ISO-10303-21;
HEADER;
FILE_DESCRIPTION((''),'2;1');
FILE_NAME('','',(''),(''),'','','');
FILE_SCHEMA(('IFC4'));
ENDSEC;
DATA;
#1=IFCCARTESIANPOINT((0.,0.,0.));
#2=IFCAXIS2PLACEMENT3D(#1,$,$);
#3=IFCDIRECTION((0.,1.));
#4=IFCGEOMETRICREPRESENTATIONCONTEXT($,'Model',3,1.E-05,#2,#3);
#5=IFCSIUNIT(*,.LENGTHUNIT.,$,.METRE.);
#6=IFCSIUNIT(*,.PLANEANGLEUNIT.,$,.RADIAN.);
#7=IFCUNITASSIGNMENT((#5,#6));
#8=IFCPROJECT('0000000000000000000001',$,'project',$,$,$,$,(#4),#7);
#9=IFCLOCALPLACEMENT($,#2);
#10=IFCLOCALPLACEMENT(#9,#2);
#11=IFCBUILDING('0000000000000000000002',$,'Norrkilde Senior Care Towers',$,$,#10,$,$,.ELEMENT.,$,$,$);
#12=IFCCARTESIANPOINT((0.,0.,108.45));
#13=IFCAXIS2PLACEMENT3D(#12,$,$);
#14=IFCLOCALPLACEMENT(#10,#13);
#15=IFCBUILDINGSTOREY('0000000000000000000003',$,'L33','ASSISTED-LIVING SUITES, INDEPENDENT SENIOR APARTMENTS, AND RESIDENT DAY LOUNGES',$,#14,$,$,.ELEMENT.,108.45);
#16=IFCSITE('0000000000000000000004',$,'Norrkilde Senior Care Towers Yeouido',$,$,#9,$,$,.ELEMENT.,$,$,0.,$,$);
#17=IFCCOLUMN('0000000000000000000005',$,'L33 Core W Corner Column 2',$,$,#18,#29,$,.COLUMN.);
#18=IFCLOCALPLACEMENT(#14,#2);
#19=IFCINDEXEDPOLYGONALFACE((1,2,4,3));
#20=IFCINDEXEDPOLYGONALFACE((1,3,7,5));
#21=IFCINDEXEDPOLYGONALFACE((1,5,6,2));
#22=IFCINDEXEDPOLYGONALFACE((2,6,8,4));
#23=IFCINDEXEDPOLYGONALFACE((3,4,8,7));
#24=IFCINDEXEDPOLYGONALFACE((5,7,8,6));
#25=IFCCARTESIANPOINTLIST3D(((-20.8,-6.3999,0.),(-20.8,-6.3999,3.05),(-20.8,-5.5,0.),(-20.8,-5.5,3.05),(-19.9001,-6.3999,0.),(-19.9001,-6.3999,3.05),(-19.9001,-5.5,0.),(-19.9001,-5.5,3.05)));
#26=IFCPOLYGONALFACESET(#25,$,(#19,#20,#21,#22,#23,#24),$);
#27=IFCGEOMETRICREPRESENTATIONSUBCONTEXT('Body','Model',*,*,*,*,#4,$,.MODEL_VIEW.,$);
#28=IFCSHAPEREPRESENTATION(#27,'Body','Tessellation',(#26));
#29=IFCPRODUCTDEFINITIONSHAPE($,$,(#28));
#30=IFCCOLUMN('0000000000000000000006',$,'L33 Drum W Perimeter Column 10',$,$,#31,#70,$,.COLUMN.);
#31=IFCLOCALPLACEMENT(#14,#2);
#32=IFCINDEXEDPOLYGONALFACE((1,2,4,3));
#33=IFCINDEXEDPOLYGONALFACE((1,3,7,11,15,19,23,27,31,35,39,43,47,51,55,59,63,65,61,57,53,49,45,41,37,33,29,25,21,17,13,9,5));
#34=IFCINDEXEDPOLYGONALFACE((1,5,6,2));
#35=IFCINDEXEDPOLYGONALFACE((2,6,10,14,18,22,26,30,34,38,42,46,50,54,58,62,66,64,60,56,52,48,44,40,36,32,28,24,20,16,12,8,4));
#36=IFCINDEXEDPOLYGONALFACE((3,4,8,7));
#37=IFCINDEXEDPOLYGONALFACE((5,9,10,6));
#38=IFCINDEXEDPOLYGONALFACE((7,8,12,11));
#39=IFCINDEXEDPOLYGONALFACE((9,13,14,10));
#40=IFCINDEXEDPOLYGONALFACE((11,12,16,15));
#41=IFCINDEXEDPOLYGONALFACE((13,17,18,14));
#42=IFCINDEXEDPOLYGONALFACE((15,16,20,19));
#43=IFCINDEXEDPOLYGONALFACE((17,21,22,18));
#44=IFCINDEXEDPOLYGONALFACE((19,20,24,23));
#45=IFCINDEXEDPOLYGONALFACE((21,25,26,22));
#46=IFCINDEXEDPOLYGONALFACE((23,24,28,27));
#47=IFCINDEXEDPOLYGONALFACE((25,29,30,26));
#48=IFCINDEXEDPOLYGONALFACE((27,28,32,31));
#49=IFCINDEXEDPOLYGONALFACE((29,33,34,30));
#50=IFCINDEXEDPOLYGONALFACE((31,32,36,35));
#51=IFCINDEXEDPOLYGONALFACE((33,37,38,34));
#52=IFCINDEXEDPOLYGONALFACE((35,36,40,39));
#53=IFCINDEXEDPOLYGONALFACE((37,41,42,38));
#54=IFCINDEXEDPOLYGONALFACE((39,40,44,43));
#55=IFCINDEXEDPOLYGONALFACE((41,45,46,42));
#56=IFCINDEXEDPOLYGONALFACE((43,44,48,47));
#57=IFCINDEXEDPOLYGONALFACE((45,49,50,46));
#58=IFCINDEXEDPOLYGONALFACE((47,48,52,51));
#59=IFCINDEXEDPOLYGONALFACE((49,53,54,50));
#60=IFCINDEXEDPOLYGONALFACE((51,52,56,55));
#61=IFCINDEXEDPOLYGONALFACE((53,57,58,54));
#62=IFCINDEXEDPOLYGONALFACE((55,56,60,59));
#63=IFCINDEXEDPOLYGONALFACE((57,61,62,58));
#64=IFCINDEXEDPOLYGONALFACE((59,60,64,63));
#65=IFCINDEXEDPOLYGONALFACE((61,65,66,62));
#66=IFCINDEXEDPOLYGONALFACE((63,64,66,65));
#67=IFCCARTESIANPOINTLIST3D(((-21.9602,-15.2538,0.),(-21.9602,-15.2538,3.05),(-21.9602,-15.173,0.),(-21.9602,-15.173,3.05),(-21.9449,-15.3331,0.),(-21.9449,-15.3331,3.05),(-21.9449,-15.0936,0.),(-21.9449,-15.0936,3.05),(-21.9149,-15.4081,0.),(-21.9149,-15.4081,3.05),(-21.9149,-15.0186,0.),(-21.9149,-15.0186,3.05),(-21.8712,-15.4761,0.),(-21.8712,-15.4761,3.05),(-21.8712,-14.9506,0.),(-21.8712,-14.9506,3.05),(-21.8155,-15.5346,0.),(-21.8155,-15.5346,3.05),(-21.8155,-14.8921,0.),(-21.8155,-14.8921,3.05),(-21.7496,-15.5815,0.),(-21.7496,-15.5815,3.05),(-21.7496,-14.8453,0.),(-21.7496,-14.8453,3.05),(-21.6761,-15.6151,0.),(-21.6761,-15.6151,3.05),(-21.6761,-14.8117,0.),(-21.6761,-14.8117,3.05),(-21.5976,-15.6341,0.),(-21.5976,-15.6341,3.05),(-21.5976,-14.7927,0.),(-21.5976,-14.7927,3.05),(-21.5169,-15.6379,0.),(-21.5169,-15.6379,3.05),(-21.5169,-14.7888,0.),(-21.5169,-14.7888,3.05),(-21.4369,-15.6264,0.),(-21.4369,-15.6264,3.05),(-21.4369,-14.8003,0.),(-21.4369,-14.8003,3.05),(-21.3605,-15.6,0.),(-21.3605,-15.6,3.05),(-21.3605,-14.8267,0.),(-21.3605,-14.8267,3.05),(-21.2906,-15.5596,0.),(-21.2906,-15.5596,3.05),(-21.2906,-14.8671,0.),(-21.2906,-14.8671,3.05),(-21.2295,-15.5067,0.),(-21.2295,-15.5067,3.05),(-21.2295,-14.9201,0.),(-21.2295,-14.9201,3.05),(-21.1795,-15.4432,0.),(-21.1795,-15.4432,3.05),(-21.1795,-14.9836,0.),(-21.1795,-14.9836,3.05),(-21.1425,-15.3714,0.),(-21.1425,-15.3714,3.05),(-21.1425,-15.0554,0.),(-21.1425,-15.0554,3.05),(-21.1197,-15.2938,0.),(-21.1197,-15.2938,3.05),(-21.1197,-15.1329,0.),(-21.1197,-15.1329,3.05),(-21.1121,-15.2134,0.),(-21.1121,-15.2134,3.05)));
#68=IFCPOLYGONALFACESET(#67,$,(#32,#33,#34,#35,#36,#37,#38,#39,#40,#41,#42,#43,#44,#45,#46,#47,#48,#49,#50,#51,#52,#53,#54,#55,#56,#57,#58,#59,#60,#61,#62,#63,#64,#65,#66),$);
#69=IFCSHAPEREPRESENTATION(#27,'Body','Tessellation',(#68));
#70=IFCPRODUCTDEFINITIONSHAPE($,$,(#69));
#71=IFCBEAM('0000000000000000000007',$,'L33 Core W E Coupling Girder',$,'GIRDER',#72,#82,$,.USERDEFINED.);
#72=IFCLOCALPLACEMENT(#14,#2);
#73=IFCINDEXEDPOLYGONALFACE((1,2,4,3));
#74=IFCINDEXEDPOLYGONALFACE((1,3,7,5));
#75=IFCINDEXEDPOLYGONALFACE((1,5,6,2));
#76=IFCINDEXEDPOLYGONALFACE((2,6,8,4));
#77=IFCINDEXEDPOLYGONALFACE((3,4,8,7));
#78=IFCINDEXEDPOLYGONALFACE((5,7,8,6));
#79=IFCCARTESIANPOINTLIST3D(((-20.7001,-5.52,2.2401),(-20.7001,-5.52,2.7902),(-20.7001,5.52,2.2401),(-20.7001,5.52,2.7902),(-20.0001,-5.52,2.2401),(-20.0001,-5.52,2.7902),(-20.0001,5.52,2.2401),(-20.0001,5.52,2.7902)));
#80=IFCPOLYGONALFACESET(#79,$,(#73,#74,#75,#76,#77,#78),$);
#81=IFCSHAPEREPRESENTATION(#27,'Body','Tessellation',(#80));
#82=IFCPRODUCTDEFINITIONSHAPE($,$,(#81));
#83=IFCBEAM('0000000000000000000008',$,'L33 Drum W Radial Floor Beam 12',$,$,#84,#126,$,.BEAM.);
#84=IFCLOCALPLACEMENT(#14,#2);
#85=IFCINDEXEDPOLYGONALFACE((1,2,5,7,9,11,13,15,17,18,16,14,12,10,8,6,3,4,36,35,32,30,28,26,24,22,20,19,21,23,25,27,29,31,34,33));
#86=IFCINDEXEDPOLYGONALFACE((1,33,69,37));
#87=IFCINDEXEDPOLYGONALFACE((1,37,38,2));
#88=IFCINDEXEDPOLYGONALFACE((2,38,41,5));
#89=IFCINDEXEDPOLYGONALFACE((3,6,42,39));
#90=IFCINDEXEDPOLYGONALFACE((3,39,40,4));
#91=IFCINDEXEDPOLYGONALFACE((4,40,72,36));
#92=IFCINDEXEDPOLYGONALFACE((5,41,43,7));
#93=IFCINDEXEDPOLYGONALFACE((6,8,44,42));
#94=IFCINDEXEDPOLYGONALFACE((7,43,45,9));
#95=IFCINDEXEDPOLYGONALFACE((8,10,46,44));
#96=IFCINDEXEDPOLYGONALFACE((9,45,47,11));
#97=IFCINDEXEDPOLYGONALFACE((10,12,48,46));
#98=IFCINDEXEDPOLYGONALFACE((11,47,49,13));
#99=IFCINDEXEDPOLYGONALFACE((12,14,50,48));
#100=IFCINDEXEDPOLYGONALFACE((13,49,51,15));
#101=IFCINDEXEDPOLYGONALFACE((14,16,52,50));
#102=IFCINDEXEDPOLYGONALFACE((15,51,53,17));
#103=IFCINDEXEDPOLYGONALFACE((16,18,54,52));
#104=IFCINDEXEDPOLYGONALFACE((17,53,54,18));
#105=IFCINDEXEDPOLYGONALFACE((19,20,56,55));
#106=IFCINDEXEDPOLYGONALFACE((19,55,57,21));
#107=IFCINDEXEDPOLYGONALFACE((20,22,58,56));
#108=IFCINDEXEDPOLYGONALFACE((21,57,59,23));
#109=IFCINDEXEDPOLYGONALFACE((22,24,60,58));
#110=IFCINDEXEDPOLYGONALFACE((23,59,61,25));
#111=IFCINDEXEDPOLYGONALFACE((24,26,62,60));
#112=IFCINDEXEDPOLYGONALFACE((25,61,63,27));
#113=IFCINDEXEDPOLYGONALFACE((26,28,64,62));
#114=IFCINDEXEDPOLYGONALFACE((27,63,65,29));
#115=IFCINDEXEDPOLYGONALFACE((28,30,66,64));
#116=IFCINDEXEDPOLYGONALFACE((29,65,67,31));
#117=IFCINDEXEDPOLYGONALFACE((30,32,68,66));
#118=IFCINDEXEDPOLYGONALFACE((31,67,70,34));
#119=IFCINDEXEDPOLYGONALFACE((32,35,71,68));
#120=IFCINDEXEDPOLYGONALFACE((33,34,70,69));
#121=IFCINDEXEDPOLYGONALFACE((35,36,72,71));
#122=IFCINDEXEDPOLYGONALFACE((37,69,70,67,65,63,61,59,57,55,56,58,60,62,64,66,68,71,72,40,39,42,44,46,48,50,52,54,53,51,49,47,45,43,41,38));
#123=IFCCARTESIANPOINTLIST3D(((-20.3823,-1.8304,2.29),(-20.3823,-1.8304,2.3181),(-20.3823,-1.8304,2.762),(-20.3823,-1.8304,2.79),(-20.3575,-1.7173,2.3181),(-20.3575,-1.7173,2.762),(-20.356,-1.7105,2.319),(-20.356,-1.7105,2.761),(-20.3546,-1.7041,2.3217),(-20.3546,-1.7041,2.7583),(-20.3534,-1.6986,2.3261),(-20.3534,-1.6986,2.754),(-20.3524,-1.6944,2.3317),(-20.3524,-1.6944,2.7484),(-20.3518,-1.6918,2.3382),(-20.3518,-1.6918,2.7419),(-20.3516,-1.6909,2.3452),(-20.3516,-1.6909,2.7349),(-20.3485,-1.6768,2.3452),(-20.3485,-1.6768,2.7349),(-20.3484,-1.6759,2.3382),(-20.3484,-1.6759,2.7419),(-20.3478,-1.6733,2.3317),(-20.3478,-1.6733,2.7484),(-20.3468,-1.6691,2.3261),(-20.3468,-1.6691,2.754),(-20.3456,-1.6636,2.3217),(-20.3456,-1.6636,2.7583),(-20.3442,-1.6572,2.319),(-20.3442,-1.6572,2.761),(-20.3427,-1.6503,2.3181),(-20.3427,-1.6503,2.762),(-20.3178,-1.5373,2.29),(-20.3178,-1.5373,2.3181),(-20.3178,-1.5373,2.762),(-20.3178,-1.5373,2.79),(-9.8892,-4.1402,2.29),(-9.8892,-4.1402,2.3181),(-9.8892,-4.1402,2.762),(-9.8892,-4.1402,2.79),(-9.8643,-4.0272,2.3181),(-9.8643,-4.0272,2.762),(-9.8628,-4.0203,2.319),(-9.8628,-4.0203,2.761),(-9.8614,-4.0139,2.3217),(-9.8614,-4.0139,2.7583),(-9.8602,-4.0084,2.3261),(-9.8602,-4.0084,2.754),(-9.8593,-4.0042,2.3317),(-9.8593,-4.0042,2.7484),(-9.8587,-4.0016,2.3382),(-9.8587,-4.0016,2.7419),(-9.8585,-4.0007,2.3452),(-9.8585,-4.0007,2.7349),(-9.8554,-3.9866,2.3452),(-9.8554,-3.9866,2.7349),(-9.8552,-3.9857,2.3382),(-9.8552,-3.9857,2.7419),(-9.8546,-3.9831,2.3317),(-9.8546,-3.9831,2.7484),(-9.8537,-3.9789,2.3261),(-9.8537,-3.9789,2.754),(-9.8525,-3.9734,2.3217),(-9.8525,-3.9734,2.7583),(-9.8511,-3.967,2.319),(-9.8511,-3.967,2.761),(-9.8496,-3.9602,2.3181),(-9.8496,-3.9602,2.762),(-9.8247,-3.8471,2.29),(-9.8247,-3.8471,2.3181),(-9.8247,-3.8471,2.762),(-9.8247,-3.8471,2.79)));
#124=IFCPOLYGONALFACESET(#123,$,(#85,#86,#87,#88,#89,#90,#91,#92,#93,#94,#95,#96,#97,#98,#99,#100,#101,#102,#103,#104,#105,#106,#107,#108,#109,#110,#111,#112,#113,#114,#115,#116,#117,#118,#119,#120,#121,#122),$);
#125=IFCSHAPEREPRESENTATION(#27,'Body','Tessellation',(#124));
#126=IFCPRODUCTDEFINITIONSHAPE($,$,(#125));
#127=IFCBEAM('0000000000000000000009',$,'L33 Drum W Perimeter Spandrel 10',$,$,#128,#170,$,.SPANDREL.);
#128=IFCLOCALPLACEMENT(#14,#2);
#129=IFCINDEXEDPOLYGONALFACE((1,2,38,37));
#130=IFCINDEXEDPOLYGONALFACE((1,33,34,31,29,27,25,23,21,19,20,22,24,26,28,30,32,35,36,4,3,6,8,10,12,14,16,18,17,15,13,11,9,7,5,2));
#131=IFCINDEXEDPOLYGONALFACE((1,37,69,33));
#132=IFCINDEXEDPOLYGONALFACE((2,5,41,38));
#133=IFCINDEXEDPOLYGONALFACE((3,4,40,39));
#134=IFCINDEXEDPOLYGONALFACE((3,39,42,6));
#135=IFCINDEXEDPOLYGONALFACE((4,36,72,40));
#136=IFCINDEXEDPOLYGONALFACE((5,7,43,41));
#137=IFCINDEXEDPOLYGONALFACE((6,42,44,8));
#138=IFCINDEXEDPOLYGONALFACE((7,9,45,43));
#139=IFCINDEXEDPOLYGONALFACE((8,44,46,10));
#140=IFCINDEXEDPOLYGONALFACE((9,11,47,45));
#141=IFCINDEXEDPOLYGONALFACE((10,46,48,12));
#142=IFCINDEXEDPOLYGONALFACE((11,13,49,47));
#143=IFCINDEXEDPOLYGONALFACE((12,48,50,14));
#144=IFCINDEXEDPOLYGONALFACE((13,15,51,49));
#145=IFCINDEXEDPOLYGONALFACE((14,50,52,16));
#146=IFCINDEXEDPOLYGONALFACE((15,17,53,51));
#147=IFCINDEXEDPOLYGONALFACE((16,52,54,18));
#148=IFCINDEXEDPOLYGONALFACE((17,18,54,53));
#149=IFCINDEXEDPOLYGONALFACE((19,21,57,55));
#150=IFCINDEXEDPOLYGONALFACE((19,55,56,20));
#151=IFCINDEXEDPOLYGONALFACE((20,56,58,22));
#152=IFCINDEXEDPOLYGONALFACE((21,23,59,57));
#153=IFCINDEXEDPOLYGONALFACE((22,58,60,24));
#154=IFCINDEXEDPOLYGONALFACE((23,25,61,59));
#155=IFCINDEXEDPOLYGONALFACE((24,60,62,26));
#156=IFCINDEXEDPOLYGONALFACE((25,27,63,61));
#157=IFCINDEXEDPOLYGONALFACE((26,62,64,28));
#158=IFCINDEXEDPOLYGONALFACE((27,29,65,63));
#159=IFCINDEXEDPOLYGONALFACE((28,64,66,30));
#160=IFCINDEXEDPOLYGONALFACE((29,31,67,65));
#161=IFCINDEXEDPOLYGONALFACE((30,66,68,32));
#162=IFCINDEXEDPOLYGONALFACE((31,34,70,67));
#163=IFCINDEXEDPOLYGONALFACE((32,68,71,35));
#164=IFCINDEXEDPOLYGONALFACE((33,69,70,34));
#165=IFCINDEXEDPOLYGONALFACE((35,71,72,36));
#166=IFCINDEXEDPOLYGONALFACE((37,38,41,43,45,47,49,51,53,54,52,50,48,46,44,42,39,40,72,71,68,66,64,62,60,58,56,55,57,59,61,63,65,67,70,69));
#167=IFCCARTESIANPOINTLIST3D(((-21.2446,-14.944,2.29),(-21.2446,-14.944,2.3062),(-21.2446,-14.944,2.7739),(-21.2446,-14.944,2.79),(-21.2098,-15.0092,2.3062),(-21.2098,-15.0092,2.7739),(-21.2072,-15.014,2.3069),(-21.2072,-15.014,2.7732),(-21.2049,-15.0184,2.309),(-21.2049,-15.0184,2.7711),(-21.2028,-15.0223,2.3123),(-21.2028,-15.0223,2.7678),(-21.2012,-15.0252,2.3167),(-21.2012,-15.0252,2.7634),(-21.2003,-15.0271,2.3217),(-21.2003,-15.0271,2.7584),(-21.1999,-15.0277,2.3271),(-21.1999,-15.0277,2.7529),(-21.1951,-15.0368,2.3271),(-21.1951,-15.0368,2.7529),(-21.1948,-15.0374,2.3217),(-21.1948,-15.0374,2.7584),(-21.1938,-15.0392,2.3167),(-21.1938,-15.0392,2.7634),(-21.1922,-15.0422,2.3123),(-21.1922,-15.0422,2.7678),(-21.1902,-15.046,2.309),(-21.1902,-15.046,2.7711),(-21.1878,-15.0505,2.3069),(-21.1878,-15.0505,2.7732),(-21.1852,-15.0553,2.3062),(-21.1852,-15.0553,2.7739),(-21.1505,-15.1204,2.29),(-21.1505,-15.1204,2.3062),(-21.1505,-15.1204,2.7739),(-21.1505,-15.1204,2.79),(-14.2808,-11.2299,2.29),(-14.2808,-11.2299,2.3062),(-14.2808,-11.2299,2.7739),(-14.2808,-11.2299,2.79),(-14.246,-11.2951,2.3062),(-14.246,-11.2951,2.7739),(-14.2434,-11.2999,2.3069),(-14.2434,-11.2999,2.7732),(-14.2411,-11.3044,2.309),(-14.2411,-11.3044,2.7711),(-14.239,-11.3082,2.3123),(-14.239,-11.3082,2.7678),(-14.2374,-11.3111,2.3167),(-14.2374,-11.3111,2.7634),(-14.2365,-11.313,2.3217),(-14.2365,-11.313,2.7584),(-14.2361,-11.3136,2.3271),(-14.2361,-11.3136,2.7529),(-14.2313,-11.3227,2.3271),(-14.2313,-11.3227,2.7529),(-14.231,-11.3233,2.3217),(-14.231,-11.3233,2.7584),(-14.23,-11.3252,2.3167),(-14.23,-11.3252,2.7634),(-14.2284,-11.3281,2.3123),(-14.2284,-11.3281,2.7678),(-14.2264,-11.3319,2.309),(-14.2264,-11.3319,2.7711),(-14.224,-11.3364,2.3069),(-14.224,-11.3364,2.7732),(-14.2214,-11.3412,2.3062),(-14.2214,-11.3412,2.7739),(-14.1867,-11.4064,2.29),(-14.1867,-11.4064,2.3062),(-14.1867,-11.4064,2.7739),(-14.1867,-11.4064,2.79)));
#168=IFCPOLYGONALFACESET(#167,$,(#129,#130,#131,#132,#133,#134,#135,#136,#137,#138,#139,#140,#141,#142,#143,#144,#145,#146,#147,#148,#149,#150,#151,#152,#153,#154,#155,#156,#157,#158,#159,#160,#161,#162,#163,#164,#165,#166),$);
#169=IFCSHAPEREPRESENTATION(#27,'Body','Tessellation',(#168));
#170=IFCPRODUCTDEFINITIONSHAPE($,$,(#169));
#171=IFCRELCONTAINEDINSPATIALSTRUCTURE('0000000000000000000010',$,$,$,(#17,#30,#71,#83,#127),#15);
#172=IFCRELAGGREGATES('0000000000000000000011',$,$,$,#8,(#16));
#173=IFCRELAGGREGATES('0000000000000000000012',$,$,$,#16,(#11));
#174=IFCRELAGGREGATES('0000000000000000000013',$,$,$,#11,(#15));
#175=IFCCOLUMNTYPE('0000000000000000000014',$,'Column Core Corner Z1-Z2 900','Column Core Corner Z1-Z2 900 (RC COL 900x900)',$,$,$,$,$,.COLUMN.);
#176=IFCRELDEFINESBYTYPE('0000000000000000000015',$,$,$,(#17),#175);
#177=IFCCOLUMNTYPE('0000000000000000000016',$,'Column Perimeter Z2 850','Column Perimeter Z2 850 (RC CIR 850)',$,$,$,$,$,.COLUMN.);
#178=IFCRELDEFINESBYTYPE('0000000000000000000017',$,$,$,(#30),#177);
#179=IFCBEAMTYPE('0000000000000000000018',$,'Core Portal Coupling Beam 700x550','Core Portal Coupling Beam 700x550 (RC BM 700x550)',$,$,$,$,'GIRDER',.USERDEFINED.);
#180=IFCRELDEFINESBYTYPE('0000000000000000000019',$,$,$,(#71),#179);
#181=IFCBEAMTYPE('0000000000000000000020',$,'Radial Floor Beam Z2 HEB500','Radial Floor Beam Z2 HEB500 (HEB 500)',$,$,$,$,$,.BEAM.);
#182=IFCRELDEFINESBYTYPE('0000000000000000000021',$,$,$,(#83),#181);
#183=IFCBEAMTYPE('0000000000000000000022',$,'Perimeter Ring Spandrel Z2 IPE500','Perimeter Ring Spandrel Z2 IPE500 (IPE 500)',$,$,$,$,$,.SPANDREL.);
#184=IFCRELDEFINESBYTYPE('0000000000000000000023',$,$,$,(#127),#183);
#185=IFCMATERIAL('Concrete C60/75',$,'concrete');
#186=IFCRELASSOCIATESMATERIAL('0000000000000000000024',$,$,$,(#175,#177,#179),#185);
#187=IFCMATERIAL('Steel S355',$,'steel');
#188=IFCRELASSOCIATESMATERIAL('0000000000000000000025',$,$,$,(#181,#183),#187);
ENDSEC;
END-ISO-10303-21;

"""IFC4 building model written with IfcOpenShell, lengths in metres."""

from ifc_helpers import new_model, si_unit, direction, frame, origin, origin_2d, place, context, subcontext, project, spatial, rectangle, circle, i_section, extrude, source, transform, mapped, material, material_profile, profile_set, type_object, type_shapes, element, save


model = new_model("IFC4")

# Units and contexts
model_context = context("Model", 3, precision=1e-05, world=origin(), true_north=direction((0.0, 1.0)))
body_context = subcontext(model_context, "Body", "Model", "MODEL_VIEW")
ifc_project = project(units=[si_unit("LENGTHUNIT", "METRE"), si_unit("PLANEANGLEUNIT", "RADIAN")], contexts=[model_context])

# Site, building, storey
site_placement = place(None, origin())
site = spatial("IfcSite", under=ifc_project, at=site_placement, Name="Norrkilde Senior Care Towers Yeouido", CompositionType="ELEMENT", RefElevation=0.0)
building_placement = place(site_placement, origin())
building = spatial("IfcBuilding", under=site, at=building_placement, Name="Norrkilde Senior Care Towers", CompositionType="ELEMENT")
storey_placement = place(building_placement, frame((0.0, 0.0, 108.45)))
storey = spatial("IfcBuildingStorey", under=building, at=storey_placement, Name="L33", Description="ASSISTED-LIVING SUITES, INDEPENDENT SENIOR APARTMENTS, AND RESIDENT DAY LOUNGES", CompositionType="ELEMENT", Elevation=108.45)

# Columns
ifc_material_1 = material(Name="Concrete C60/75", Category="concrete")
ifc_material_profile_1 = material_profile(ifc_material_1, rectangle(XDim=0.8999, YDim=0.8999, at=origin_2d()), Name="RC COL 900x900")
ifc_profile_set_1 = profile_set([ifc_material_profile_1], Name="Concrete C60/75")
column_type_1 = type_object("IfcColumnType", Name="Column Core Corner Z1-Z2 900", Description="Column Core Corner Z1-Z2 900 (RC COL 900x900)", PredefinedType="COLUMN", material=ifc_profile_set_1)
shared_shape_1 = source(origin(), body_context, "Body", "SweptSolid", [
    extrude(rectangle(XDim=0.8999, YDim=0.8999, at=origin_2d()), origin(), (0.0, 0.0, 1.0), 3.05),
])
type_shapes(column_type_1, [shared_shape_1])
column_1_placement = place(storey_placement, frame((-20.3501, -5.95, 0.0), z_axis=(0.0, 0.0, 1.0), x_axis=(1.0, 0.0, 0.0)))
element("IfcColumn", 1, at=column_1_placement, inside=storey, type_object=column_type_1, Name="L33 Core W Corner Column 2", PredefinedType="COLUMN", context=body_context, shape_type="MappedRepresentation", body=[
    mapped(shared_shape_1, transform((0.0, 0.0, 0.0), x_axis=(1.0, 0.0, 0.0), y_axis=(0.0, 1.0, 0.0), z_axis=(0.0, 0.0, 1.0), scale=1.0)),
])
ifc_material_profile_2 = material_profile(ifc_material_1, circle(Radius=0.425, at=origin_2d()), Name="RC CIR 850")
ifc_profile_set_2 = profile_set([ifc_material_profile_2], Name="Concrete C60/75")
column_type_2 = type_object("IfcColumnType", Name="Column Perimeter Z2 850", Description="Column Perimeter Z2 850 (RC CIR 850)", PredefinedType="COLUMN", material=ifc_profile_set_2)
shared_shape_2 = source(origin(), body_context, "Body", "SweptSolid", [
    extrude(circle(Radius=0.425, at=origin_2d()), origin(), (0.0, 0.0, 1.0), 3.05),
])
type_shapes(column_type_2, [shared_shape_2])
column_2_placement = place(storey_placement, frame((-21.5371, -15.2134, 0.0), z_axis=(0.0, 0.0, 1.0), x_axis=(1.0, 0.0, 0.0)))
element("IfcColumn", 2, at=column_2_placement, inside=storey, type_object=column_type_2, Name="L33 Drum W Perimeter Column 10", PredefinedType="COLUMN", context=body_context, shape_type="MappedRepresentation", body=[
    mapped(shared_shape_2, transform((0.0, 0.0, 0.0), x_axis=(1.0, 0.0, 0.0), y_axis=(0.0, 1.0, 0.0), z_axis=(0.0, 0.0, 1.0), scale=1.0)),
])

# Beams
ifc_material_profile_3 = material_profile(ifc_material_1, rectangle(XDim=0.7, YDim=0.55, at=origin_2d()), Name="RC BM 700x550")
ifc_profile_set_3 = profile_set([ifc_material_profile_3], Name="Concrete C60/75")
beam_type_1 = type_object("IfcBeamType", Name="Core Portal Coupling Beam 700x550", Description="Core Portal Coupling Beam 700x550 (RC BM 700x550)", ElementType="GIRDER", PredefinedType="USERDEFINED", material=ifc_profile_set_3)
shared_shape_3 = source(origin(), body_context, "Body", "SweptSolid", [
    extrude(rectangle(XDim=0.7, YDim=0.55, at=origin_2d()), origin(), (0.0, 0.0, 1.0), 11.04),
])
type_shapes(beam_type_1, [shared_shape_3])
beam_1_placement = place(storey_placement, frame((-20.3501, -5.52, 2.5151), z_axis=(0.0, 1.0, 0.0), x_axis=(-1.0, 0.0, 0.0)))
element("IfcBeam", 3, at=beam_1_placement, inside=storey, type_object=beam_type_1, Name="L33 Core W E Coupling Girder", ObjectType="GIRDER", PredefinedType="USERDEFINED", context=body_context, shape_type="MappedRepresentation", body=[
    mapped(shared_shape_3, transform((0.0, 0.0, 0.0), x_axis=(1.0, 0.0, 0.0), y_axis=(0.0, 1.0, 0.0), z_axis=(0.0, 0.0, 1.0), scale=1.0)),
])
ifc_material_2 = material(Name="Steel S355", Category="steel")
ifc_material_profile_4 = material_profile(ifc_material_2, i_section(OverallWidth=0.3, OverallDepth=0.5, WebThickness=0.0144, FlangeThickness=0.0281, FilletRadius=0.0271, at=origin_2d()), Name="HEB 500")
ifc_profile_set_4 = profile_set([ifc_material_profile_4], Name="Steel S355")
beam_type_2 = type_object("IfcBeamType", Name="Radial Floor Beam Z2 HEB500", Description="Radial Floor Beam Z2 HEB500 (HEB 500)", PredefinedType="BEAM", material=ifc_profile_set_4)
shared_shape_4 = source(origin(), body_context, "Body", "SweptSolid", [
    extrude(i_section(OverallWidth=0.3, OverallDepth=0.5, WebThickness=0.0144, FlangeThickness=0.0281, FilletRadius=0.0271, at=origin_2d()), origin(), (0.0, 0.0, 1.0), 10.7444),
])
beam_2_placement = place(storey_placement, frame((-20.3501, -1.6838, 2.54), z_axis=(0.976619, -0.214979, 0.0), x_axis=(0.214979, 0.976619, 0.0)))
element("IfcBeam", 4, at=beam_2_placement, inside=storey, type_object=beam_type_2, Name="L33 Drum W Radial Floor Beam 12", PredefinedType="BEAM", context=body_context, shape_type="MappedRepresentation", body=[
    mapped(shared_shape_4, transform((0.0, 0.0, 0.0), x_axis=(1.0, 0.0, 0.0), y_axis=(0.0, 1.0, 0.0), z_axis=(0.0, 0.0, 1.0), scale=1.0)),
])
ifc_material_profile_5 = material_profile(ifc_material_2, i_section(OverallWidth=0.2, OverallDepth=0.5, WebThickness=0.0103, FlangeThickness=0.0161, FilletRadius=0.021, at=origin_2d()), Name="IPE 500")
ifc_profile_set_5 = profile_set([ifc_material_profile_5], Name="Steel S355")
beam_type_3 = type_object("IfcBeamType", Name="Perimeter Ring Spandrel Z2 IPE500", Description="Perimeter Ring Spandrel Z2 IPE500 (IPE 500)", PredefinedType="SPANDREL", material=ifc_profile_set_5)
shared_shape_5 = source(origin(), body_context, "Body", "SweptSolid", [
    extrude(i_section(OverallWidth=0.2, OverallDepth=0.5, WebThickness=0.0103, FlangeThickness=0.0161, FilletRadius=0.021, at=origin_2d()), origin(), (0.0, 0.0, 1.0), 7.8923),
])
type_shapes(beam_type_3, [shared_shape_5])
beam_3_placement = place(storey_placement, frame((-21.1975, -15.0322, 2.54), z_axis=(0.88235, 0.470593, 0.0), x_axis=(-0.470593, 0.88235, 0.0)))
element("IfcBeam", 5, at=beam_3_placement, inside=storey, type_object=beam_type_3, Name="L33 Drum W Perimeter Spandrel 10", PredefinedType="SPANDREL", context=body_context, shape_type="MappedRepresentation", body=[
    mapped(shared_shape_5, transform((0.0, 0.0, 0.0), x_axis=(1.0, 0.0, 0.0), y_axis=(0.0, 1.0, 0.0), z_axis=(0.0, 0.0, 1.0), scale=1.0)),
])

save(model, "model.ifc")
